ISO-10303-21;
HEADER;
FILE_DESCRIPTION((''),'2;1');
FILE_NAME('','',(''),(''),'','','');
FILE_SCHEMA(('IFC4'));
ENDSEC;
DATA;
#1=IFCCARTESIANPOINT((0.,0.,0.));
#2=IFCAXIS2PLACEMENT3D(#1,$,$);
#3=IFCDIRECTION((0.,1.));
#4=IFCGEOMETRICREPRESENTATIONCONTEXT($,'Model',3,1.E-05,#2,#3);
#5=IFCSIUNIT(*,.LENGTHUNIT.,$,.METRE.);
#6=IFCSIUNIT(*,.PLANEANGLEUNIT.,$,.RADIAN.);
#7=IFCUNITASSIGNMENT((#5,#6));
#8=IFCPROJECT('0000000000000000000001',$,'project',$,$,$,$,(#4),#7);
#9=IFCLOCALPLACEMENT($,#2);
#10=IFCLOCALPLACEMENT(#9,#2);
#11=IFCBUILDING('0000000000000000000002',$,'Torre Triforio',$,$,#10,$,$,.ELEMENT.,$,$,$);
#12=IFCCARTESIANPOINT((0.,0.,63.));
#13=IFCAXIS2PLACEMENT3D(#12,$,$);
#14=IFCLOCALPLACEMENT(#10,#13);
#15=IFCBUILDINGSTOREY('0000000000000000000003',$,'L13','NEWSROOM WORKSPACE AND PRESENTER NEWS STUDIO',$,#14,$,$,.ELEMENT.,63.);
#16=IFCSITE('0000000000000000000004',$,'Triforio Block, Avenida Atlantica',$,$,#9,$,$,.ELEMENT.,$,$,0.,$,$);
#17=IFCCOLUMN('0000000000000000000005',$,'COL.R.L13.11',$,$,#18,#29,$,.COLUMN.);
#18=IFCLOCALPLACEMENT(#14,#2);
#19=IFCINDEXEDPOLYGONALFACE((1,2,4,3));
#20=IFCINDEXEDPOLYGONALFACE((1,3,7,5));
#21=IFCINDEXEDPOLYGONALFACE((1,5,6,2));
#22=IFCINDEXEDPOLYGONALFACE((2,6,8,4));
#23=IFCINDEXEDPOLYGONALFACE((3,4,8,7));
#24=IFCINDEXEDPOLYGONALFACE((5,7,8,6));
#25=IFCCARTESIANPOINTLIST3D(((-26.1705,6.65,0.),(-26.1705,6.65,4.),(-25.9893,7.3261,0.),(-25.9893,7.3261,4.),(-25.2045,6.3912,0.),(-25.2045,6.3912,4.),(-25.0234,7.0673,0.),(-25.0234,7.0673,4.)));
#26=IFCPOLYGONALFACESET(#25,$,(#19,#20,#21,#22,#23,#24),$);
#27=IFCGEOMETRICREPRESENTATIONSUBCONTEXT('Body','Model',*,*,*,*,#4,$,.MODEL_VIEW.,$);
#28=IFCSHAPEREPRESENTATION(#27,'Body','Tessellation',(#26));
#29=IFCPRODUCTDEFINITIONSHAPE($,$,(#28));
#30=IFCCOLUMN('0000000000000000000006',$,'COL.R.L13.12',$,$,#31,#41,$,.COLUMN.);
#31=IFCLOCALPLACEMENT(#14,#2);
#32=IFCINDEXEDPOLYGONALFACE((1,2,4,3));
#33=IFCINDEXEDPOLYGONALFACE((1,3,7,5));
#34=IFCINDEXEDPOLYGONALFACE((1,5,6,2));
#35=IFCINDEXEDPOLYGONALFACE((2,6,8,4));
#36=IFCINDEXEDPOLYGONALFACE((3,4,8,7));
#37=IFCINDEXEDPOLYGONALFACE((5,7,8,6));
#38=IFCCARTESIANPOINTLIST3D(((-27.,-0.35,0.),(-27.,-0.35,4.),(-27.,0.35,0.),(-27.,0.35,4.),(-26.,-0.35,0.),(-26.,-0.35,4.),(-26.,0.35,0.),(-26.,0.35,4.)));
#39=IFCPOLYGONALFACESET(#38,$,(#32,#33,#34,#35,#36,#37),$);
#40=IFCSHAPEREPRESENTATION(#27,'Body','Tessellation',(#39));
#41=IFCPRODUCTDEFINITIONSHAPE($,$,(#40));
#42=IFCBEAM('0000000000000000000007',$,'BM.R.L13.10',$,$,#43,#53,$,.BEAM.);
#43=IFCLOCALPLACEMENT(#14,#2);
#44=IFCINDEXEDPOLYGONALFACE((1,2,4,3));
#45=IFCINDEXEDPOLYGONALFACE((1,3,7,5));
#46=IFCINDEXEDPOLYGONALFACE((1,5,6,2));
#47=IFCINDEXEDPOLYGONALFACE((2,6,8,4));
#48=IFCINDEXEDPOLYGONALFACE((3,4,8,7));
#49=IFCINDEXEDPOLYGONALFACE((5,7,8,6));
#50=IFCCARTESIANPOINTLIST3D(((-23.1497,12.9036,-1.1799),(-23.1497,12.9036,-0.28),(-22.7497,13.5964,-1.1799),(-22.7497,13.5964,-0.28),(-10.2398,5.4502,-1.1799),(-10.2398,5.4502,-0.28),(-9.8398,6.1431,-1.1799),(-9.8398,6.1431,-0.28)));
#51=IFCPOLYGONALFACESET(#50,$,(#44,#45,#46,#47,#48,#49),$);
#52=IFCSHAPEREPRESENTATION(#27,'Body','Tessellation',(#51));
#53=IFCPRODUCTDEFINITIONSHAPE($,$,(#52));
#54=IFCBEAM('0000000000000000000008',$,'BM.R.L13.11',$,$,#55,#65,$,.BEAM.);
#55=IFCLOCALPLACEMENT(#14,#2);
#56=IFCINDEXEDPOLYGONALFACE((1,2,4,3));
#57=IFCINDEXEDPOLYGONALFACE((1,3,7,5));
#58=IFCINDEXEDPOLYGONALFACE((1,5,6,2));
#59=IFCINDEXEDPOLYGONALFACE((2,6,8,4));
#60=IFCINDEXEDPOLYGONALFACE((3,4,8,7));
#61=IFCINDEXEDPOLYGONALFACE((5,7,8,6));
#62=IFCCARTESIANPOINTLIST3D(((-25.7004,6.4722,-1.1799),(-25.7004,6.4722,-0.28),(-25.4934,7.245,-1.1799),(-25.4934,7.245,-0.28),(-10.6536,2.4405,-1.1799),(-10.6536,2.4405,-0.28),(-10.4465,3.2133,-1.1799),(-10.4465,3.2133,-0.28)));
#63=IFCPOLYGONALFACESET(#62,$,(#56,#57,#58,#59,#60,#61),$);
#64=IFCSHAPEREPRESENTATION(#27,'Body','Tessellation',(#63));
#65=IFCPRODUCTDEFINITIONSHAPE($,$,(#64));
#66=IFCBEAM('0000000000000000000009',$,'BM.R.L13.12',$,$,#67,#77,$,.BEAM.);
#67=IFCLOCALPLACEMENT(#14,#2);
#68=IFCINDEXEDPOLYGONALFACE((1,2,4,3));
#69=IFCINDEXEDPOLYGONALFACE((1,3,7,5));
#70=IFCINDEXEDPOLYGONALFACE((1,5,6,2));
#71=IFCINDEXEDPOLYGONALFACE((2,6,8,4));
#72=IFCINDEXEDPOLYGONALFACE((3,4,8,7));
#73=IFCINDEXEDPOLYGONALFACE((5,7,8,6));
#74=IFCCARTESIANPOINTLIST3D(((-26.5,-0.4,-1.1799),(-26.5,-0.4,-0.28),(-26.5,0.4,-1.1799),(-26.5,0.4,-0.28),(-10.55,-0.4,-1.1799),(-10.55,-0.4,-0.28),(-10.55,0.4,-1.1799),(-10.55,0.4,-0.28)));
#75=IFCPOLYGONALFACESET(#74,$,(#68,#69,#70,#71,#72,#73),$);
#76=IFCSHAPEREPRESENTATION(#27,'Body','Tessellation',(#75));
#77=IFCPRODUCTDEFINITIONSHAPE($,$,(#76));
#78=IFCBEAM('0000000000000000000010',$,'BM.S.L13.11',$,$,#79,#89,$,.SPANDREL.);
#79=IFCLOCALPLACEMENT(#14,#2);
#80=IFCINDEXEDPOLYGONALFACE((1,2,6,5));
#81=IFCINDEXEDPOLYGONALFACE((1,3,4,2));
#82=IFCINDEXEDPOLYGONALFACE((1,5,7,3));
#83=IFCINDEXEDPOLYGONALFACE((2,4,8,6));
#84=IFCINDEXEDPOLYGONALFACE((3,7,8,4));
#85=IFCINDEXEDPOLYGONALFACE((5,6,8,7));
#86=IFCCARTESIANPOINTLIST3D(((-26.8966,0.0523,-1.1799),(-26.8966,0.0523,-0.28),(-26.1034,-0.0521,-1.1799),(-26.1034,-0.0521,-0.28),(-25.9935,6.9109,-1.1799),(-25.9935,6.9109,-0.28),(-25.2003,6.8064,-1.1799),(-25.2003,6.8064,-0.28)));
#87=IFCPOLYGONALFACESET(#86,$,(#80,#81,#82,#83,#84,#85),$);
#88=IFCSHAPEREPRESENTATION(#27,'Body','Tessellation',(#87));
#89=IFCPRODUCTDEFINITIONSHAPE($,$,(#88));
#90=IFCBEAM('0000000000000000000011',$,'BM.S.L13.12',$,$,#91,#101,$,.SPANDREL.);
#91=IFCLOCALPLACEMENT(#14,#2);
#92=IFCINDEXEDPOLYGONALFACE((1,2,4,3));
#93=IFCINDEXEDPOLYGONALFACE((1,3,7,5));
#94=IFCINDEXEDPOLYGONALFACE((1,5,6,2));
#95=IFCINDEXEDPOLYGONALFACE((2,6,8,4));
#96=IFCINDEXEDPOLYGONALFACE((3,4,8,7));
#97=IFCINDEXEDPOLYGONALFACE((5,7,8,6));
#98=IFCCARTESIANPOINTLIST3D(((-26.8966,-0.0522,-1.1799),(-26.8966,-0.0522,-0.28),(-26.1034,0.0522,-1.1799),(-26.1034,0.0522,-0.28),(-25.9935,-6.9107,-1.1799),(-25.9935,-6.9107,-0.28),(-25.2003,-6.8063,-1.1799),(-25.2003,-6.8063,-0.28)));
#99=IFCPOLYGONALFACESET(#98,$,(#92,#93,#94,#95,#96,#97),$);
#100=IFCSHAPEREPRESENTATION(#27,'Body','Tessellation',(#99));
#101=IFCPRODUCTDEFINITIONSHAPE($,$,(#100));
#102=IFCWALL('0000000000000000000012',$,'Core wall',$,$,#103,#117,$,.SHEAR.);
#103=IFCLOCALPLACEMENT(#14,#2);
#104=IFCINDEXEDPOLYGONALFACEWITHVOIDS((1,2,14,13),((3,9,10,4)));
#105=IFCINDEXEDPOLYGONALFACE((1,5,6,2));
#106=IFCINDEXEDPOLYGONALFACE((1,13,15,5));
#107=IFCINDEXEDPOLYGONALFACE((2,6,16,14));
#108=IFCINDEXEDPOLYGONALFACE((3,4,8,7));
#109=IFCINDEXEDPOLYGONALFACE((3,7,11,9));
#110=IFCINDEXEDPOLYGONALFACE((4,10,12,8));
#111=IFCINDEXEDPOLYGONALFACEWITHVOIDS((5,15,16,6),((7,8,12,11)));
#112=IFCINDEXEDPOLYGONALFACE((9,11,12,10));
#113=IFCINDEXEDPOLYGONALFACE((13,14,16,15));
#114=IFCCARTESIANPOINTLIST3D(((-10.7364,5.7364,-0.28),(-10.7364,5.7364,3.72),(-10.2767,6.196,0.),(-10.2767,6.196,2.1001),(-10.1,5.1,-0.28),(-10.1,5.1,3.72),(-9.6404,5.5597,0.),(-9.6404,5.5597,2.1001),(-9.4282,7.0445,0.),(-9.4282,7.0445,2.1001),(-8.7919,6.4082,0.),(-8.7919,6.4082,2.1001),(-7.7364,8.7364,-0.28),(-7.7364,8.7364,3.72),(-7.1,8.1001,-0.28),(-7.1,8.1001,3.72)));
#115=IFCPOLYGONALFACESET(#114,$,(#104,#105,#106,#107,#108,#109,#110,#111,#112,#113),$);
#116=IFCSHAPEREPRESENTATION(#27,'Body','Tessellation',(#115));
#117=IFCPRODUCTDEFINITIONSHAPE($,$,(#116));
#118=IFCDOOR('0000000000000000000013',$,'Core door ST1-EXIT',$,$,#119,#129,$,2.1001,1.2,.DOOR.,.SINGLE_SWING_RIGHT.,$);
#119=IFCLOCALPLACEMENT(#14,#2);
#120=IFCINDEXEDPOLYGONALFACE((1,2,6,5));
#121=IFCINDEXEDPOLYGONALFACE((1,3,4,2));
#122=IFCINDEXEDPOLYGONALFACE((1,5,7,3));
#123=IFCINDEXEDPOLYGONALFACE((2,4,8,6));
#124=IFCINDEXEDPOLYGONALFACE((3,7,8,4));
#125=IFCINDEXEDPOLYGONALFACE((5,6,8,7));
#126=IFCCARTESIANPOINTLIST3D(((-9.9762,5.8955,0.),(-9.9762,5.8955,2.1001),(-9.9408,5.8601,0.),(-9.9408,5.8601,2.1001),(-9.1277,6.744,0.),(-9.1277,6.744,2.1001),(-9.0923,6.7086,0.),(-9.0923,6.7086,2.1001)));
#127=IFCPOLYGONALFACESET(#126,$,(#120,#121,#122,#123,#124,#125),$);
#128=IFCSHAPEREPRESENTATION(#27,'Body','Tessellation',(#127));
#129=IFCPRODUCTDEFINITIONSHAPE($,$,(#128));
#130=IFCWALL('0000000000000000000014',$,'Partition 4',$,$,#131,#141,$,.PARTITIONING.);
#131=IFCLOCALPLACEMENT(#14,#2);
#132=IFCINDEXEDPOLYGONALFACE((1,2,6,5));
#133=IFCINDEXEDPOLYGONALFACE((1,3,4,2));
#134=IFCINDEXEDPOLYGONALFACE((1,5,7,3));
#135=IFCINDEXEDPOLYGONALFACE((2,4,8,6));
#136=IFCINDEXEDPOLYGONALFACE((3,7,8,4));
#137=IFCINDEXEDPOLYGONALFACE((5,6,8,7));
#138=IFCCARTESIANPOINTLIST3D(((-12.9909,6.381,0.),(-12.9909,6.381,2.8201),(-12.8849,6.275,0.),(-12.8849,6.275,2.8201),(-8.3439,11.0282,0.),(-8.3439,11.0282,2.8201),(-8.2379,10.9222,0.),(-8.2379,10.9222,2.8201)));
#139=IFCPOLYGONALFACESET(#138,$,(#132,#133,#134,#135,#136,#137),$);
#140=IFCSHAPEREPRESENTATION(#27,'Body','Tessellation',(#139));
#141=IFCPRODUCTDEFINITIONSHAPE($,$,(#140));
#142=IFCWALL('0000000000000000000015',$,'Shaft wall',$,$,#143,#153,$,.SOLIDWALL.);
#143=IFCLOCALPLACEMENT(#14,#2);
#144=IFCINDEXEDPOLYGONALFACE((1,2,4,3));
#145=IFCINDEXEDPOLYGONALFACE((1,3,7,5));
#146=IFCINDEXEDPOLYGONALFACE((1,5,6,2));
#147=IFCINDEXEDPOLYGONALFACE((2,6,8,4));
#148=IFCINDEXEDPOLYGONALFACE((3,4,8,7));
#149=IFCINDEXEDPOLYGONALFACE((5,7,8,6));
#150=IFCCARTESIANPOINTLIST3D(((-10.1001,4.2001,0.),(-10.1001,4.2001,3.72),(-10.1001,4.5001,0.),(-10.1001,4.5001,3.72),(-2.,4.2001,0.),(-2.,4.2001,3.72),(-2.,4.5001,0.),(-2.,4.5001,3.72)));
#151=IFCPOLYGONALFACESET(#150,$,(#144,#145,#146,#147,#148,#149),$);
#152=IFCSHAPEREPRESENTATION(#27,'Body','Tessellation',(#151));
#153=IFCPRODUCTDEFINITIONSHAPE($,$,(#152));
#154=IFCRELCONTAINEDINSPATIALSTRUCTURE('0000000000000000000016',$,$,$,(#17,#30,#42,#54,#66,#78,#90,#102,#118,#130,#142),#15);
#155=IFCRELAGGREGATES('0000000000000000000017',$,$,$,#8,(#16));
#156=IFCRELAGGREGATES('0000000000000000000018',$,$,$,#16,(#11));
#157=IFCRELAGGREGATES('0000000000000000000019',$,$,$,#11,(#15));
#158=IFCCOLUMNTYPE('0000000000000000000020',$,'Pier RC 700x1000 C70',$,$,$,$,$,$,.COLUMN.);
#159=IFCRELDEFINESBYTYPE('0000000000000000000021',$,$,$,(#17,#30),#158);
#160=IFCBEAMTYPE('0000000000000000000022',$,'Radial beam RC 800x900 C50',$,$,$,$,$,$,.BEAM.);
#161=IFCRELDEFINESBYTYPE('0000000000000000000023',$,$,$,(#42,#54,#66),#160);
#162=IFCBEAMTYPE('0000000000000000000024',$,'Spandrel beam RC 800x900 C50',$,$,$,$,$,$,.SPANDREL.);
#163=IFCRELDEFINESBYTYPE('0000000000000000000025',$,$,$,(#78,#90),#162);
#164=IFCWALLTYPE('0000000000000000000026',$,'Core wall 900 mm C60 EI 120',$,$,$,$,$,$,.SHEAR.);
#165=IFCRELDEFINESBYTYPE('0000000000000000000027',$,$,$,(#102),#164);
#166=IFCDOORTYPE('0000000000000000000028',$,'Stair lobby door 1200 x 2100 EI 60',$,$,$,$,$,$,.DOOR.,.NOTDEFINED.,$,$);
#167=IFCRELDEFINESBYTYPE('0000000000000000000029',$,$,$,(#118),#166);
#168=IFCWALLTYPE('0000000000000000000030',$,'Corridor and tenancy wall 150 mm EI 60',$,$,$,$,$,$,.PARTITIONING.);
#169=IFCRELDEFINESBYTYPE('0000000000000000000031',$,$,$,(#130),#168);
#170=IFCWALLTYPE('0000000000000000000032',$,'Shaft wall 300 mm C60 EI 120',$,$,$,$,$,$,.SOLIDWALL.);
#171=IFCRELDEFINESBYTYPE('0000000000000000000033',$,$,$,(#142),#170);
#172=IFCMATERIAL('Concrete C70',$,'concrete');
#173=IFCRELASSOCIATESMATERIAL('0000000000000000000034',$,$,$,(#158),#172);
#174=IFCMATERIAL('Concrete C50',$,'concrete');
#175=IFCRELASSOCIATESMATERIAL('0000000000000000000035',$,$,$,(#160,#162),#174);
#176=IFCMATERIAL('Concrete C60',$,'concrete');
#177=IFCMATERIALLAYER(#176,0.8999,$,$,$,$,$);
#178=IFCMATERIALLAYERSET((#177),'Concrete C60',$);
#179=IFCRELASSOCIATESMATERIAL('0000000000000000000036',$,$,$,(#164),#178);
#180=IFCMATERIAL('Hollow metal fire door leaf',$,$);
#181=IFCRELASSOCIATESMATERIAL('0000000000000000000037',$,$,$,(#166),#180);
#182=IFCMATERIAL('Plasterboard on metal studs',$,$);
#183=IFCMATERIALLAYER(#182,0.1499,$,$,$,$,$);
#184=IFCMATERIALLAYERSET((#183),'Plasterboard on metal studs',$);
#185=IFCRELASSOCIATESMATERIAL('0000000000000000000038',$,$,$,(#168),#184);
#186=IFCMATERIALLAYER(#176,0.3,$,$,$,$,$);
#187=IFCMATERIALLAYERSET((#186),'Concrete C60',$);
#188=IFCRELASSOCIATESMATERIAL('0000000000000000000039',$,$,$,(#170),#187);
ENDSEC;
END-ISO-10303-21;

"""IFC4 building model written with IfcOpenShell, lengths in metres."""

from ifc_helpers import new_model, si_unit, direction, frame, frame_2d, origin, origin_2d, place, context, subcontext, project, spatial, rectangle, extrude, material, layer, layer_set, material_profile, profile_set, type_object, element, fill, save


model = new_model("IFC4")

# Units and contexts
model_context = context("Model", 3, precision=1e-05, world=origin(), true_north=direction((0.0, 1.0)))
body_context = subcontext(model_context, "Body", "Model", "MODEL_VIEW")
ifc_project = project(units=[si_unit("LENGTHUNIT", "METRE"), si_unit("PLANEANGLEUNIT", "RADIAN")], contexts=[model_context])

# Site, building, storey
site_placement = place(None, origin())
site = spatial("IfcSite", under=ifc_project, at=site_placement, Name="Triforio Block, Avenida Atlantica", CompositionType="ELEMENT", RefElevation=0.0)
building_placement = place(site_placement, origin())
building = spatial("IfcBuilding", under=site, at=building_placement, Name="Torre Triforio", CompositionType="ELEMENT")
storey_placement = place(building_placement, frame((0.0, 0.0, 63.0)))
storey = spatial("IfcBuildingStorey", under=building, at=storey_placement, Name="L13", Description="NEWSROOM WORKSPACE AND PRESENTER NEWS STUDIO", CompositionType="ELEMENT", Elevation=63.0)

# Columns
ifc_material_1 = material(Name="Concrete C70", Category="concrete")
ifc_material_profile_1 = material_profile(ifc_material_1, rectangle(XDim=0.7, YDim=1.0, at=origin_2d()), Name="RC 700x1000")
ifc_profile_set_1 = profile_set([ifc_material_profile_1], Name="Concrete C70")
column_type = type_object("IfcColumnType", Name="Pier RC 700x1000 C70", PredefinedType="COLUMN", material=ifc_profile_set_1)
for number, where, z_axis, x_axis, name in (
    (1, (-25.5969, 6.8586, 0.0), (0.0, 0.0, 1.0), (-0.258819, -0.965926, 0.0), "COL.R.L13.11"),
    (2, (-26.5, 0.0, 0.0), (0.0, 0.0, 1.0), (0.0, -1.0, 0.0), "COL.R.L13.12"),
):
    element("IfcColumn", number, at=place(storey_placement, frame(where, z_axis=z_axis, x_axis=x_axis)), inside=storey, type_object=column_type, Name=name, PredefinedType="COLUMN", context=body_context, shape_type="SweptSolid", body=[
        extrude(rectangle(XDim=0.7, YDim=1.0, at=origin_2d()), origin(), (0.0, 0.0, 1.0), 4.0),
    ])

# Beams
ifc_material_2 = material(Name="Concrete C50", Category="concrete")
ifc_material_profile_2 = material_profile(ifc_material_2, rectangle(XDim=0.8, YDim=0.8999, at=origin_2d()), Name="RC 800x900")
ifc_profile_set_2 = profile_set([ifc_material_profile_2], Name="Concrete C50")
beam_type_1 = type_object("IfcBeamType", Name="Radial beam RC 800x900 C50", PredefinedType="BEAM", material=ifc_profile_set_2)
beam_1_placement = place(storey_placement, frame((-10.0398, 5.7966, -0.73), z_axis=(-0.86603, 0.499991, 0.0), x_axis=(-0.499991, -0.86603, 0.0)))
element("IfcBeam", 3, at=beam_1_placement, inside=storey, type_object=beam_type_1, Name="BM.R.L13.10", PredefinedType="BEAM", context=body_context, shape_type="SweptSolid", body=[
    extrude(rectangle(XDim=0.8, YDim=0.8999, at=origin_2d()), origin(), (0.0, 0.0, 1.0), 14.907),
])
beam_2_placement = place(storey_placement, frame((-10.55, 2.8269, -0.73), z_axis=(-0.965927, 0.258815, 0.0), x_axis=(-0.258815, -0.965927, 0.0)))
element("IfcBeam", 4, at=beam_2_placement, inside=storey, type_object=beam_type_1, Name="BM.R.L13.11", PredefinedType="BEAM", context=body_context, shape_type="SweptSolid", body=[
    extrude(rectangle(XDim=0.8, YDim=0.8999, at=origin_2d()), origin(), (0.0, 0.0, 1.0), 15.5776),
])
beam_3_placement = place(storey_placement, frame((-10.55, 0.0, -0.73), z_axis=(-1.0, 0.0, 0.0), x_axis=(0.0, -1.0, 0.0)))
element("IfcBeam", 5, at=beam_3_placement, inside=storey, type_object=beam_type_1, Name="BM.R.L13.12", PredefinedType="BEAM", context=body_context, shape_type="SweptSolid", body=[
    extrude(rectangle(XDim=0.8, YDim=0.8999, at=origin_2d()), origin(), (0.0, 0.0, 1.0), 15.95),
])
ifc_material_profile_3 = material_profile(ifc_material_2, rectangle(XDim=0.8, YDim=0.8999, at=origin_2d()), Name="RC 800x900")
ifc_profile_set_3 = profile_set([ifc_material_profile_3], Name="Concrete C50")
beam_type_2 = type_object("IfcBeamType", Name="Spandrel beam RC 800x900 C50", PredefinedType="SPANDREL", material=ifc_profile_set_3)
for number, where, z_axis, x_axis, name in (
    (6, (-25.5969, 6.8586, -0.73), (-0.130543, -0.991443, 0.0), (0.991443, -0.130543, 0.0), "BM.S.L13.11"),
    (7, (-26.5, 0.0, -0.73), (0.130543, -0.991443, 0.0), (0.991443, 0.130543, 0.0), "BM.S.L13.12"),
):
    element("IfcBeam", number, at=place(storey_placement, frame(where, z_axis=z_axis, x_axis=x_axis)), inside=storey, type_object=beam_type_2, Name=name, PredefinedType="SPANDREL", context=body_context, shape_type="SweptSolid", body=[
        extrude(rectangle(XDim=0.8, YDim=0.8999, at=origin_2d()), origin(), (0.0, 0.0, 1.0), 6.9177),
    ])

# Wall, opening, door
ifc_material_3 = material(Name="Concrete C60", Category="concrete")
ifc_layer_1 = layer(ifc_material_3, 0.8999)
ifc_layer_set_1 = layer_set([ifc_layer_1], Name="Concrete C60")
wall_type_1 = type_object("IfcWallType", Name="Core wall 900 mm C60 EI 120", PredefinedType="SHEAR", material=ifc_layer_set_1)
wall_1_placement = place(storey_placement, frame((-10.4182, 5.4182, -0.28), z_axis=(0.0, 0.0, 1.0), x_axis=(0.707107, 0.707107, 0.0)))
wall_1 = element("IfcWall", 8, at=wall_1_placement, inside=storey, type_object=wall_type_1, Name="Core wall", PredefinedType="SHEAR", context=body_context, shape_type="SweptSolid", body=[
    extrude(rectangle(XDim=4.2427, YDim=0.8999, at=frame_2d((2.1213, 0.0))), origin(), (0.0, 0.0, 1.0), 4.0),
])
opening_1_placement = place(wall_1_placement, frame((0.6499, 0.0, 0.28)))
opening_1 = element("IfcOpeningElement", 9, at=opening_1_placement, cuts=wall_1, PredefinedType="OPENING", context=body_context, shape_type="SweptSolid", body=[
    extrude(rectangle(XDim=1.2, YDim=2.1001, at=frame_2d((0.6001, 1.05))), frame((0.0, 0.46, 0.0), z_axis=(0.0, -1.0, 0.0), x_axis=(1.0, 0.0, 0.0)), (0.0, 0.0, 1.0), 0.9199),
])
ifc_material_4 = material(Name="Hollow metal fire door leaf")
door_type_1 = type_object("IfcDoorType", Name="Stair lobby door 1200 x 2100 EI 60", OperationType="NOTDEFINED", PredefinedType="DOOR", material=ifc_material_4)
door_1_placement = place(opening_1_placement, origin())
door_1 = element("IfcDoor", 10, at=door_1_placement, inside=storey, type_object=door_type_1, Name="Core door ST1-EXIT", OperationType="SINGLE_SWING_RIGHT", OverallHeight=2.1001, OverallWidth=1.2, PredefinedType="DOOR", context=body_context, shape_type="SweptSolid", body=[
    extrude(rectangle(XDim=1.2, YDim=2.1001, at=frame_2d((0.6001, 1.05))), frame((0.0, 0.0249, 0.0), z_axis=(0.0, -1.0, 0.0), x_axis=(1.0, 0.0, 0.0)), (0.0, 0.0, 1.0), 0.05),
])
fill(opening_1, door_1)

# Walls
ifc_material_5 = material(Name="Plasterboard on metal studs")
ifc_layer_2 = layer(ifc_material_5, 0.1499)
ifc_layer_set_2 = layer_set([ifc_layer_2], Name="Plasterboard on metal studs")
wall_type_2 = type_object("IfcWallType", Name="Corridor and tenancy wall 150 mm EI 60", PredefinedType="PARTITIONING", material=ifc_layer_set_2)
wall_2_placement = place(storey_placement, frame((-12.938, 6.3279, 0.0), z_axis=(0.0, 0.0, 1.0), x_axis=(0.707088, 0.707125, 0.0)))
element("IfcWall", 11, at=wall_2_placement, inside=storey, type_object=wall_type_2, Name="Partition 4", PredefinedType="PARTITIONING", context=body_context, shape_type="SweptSolid", body=[
    extrude(rectangle(XDim=6.572, YDim=0.1499, at=frame_2d((3.2861, 0.0))), origin(), (0.0, 0.0, 1.0), 2.8201),
])
ifc_layer_3 = layer(ifc_material_3, 0.3)
ifc_layer_set_3 = layer_set([ifc_layer_3], Name="Concrete C60")
wall_type_3 = type_object("IfcWallType", Name="Shaft wall 300 mm C60 EI 120", PredefinedType="SOLIDWALL", material=ifc_layer_set_3)
wall_3_placement = place(storey_placement, frame((-10.1001, 4.3501, 0.0), z_axis=(0.0, 0.0, 1.0), x_axis=(1.0, 0.0, 0.0)))
element("IfcWall", 12, at=wall_3_placement, inside=storey, type_object=wall_type_3, Name="Shaft wall", PredefinedType="SOLIDWALL", context=body_context, shape_type="SweptSolid", body=[
    extrude(rectangle(XDim=8.1001, YDim=0.3, at=frame_2d((4.05, 0.0))), origin(), (0.0, 0.0, 1.0), 3.72),
])

save(model, "model.ifc")
